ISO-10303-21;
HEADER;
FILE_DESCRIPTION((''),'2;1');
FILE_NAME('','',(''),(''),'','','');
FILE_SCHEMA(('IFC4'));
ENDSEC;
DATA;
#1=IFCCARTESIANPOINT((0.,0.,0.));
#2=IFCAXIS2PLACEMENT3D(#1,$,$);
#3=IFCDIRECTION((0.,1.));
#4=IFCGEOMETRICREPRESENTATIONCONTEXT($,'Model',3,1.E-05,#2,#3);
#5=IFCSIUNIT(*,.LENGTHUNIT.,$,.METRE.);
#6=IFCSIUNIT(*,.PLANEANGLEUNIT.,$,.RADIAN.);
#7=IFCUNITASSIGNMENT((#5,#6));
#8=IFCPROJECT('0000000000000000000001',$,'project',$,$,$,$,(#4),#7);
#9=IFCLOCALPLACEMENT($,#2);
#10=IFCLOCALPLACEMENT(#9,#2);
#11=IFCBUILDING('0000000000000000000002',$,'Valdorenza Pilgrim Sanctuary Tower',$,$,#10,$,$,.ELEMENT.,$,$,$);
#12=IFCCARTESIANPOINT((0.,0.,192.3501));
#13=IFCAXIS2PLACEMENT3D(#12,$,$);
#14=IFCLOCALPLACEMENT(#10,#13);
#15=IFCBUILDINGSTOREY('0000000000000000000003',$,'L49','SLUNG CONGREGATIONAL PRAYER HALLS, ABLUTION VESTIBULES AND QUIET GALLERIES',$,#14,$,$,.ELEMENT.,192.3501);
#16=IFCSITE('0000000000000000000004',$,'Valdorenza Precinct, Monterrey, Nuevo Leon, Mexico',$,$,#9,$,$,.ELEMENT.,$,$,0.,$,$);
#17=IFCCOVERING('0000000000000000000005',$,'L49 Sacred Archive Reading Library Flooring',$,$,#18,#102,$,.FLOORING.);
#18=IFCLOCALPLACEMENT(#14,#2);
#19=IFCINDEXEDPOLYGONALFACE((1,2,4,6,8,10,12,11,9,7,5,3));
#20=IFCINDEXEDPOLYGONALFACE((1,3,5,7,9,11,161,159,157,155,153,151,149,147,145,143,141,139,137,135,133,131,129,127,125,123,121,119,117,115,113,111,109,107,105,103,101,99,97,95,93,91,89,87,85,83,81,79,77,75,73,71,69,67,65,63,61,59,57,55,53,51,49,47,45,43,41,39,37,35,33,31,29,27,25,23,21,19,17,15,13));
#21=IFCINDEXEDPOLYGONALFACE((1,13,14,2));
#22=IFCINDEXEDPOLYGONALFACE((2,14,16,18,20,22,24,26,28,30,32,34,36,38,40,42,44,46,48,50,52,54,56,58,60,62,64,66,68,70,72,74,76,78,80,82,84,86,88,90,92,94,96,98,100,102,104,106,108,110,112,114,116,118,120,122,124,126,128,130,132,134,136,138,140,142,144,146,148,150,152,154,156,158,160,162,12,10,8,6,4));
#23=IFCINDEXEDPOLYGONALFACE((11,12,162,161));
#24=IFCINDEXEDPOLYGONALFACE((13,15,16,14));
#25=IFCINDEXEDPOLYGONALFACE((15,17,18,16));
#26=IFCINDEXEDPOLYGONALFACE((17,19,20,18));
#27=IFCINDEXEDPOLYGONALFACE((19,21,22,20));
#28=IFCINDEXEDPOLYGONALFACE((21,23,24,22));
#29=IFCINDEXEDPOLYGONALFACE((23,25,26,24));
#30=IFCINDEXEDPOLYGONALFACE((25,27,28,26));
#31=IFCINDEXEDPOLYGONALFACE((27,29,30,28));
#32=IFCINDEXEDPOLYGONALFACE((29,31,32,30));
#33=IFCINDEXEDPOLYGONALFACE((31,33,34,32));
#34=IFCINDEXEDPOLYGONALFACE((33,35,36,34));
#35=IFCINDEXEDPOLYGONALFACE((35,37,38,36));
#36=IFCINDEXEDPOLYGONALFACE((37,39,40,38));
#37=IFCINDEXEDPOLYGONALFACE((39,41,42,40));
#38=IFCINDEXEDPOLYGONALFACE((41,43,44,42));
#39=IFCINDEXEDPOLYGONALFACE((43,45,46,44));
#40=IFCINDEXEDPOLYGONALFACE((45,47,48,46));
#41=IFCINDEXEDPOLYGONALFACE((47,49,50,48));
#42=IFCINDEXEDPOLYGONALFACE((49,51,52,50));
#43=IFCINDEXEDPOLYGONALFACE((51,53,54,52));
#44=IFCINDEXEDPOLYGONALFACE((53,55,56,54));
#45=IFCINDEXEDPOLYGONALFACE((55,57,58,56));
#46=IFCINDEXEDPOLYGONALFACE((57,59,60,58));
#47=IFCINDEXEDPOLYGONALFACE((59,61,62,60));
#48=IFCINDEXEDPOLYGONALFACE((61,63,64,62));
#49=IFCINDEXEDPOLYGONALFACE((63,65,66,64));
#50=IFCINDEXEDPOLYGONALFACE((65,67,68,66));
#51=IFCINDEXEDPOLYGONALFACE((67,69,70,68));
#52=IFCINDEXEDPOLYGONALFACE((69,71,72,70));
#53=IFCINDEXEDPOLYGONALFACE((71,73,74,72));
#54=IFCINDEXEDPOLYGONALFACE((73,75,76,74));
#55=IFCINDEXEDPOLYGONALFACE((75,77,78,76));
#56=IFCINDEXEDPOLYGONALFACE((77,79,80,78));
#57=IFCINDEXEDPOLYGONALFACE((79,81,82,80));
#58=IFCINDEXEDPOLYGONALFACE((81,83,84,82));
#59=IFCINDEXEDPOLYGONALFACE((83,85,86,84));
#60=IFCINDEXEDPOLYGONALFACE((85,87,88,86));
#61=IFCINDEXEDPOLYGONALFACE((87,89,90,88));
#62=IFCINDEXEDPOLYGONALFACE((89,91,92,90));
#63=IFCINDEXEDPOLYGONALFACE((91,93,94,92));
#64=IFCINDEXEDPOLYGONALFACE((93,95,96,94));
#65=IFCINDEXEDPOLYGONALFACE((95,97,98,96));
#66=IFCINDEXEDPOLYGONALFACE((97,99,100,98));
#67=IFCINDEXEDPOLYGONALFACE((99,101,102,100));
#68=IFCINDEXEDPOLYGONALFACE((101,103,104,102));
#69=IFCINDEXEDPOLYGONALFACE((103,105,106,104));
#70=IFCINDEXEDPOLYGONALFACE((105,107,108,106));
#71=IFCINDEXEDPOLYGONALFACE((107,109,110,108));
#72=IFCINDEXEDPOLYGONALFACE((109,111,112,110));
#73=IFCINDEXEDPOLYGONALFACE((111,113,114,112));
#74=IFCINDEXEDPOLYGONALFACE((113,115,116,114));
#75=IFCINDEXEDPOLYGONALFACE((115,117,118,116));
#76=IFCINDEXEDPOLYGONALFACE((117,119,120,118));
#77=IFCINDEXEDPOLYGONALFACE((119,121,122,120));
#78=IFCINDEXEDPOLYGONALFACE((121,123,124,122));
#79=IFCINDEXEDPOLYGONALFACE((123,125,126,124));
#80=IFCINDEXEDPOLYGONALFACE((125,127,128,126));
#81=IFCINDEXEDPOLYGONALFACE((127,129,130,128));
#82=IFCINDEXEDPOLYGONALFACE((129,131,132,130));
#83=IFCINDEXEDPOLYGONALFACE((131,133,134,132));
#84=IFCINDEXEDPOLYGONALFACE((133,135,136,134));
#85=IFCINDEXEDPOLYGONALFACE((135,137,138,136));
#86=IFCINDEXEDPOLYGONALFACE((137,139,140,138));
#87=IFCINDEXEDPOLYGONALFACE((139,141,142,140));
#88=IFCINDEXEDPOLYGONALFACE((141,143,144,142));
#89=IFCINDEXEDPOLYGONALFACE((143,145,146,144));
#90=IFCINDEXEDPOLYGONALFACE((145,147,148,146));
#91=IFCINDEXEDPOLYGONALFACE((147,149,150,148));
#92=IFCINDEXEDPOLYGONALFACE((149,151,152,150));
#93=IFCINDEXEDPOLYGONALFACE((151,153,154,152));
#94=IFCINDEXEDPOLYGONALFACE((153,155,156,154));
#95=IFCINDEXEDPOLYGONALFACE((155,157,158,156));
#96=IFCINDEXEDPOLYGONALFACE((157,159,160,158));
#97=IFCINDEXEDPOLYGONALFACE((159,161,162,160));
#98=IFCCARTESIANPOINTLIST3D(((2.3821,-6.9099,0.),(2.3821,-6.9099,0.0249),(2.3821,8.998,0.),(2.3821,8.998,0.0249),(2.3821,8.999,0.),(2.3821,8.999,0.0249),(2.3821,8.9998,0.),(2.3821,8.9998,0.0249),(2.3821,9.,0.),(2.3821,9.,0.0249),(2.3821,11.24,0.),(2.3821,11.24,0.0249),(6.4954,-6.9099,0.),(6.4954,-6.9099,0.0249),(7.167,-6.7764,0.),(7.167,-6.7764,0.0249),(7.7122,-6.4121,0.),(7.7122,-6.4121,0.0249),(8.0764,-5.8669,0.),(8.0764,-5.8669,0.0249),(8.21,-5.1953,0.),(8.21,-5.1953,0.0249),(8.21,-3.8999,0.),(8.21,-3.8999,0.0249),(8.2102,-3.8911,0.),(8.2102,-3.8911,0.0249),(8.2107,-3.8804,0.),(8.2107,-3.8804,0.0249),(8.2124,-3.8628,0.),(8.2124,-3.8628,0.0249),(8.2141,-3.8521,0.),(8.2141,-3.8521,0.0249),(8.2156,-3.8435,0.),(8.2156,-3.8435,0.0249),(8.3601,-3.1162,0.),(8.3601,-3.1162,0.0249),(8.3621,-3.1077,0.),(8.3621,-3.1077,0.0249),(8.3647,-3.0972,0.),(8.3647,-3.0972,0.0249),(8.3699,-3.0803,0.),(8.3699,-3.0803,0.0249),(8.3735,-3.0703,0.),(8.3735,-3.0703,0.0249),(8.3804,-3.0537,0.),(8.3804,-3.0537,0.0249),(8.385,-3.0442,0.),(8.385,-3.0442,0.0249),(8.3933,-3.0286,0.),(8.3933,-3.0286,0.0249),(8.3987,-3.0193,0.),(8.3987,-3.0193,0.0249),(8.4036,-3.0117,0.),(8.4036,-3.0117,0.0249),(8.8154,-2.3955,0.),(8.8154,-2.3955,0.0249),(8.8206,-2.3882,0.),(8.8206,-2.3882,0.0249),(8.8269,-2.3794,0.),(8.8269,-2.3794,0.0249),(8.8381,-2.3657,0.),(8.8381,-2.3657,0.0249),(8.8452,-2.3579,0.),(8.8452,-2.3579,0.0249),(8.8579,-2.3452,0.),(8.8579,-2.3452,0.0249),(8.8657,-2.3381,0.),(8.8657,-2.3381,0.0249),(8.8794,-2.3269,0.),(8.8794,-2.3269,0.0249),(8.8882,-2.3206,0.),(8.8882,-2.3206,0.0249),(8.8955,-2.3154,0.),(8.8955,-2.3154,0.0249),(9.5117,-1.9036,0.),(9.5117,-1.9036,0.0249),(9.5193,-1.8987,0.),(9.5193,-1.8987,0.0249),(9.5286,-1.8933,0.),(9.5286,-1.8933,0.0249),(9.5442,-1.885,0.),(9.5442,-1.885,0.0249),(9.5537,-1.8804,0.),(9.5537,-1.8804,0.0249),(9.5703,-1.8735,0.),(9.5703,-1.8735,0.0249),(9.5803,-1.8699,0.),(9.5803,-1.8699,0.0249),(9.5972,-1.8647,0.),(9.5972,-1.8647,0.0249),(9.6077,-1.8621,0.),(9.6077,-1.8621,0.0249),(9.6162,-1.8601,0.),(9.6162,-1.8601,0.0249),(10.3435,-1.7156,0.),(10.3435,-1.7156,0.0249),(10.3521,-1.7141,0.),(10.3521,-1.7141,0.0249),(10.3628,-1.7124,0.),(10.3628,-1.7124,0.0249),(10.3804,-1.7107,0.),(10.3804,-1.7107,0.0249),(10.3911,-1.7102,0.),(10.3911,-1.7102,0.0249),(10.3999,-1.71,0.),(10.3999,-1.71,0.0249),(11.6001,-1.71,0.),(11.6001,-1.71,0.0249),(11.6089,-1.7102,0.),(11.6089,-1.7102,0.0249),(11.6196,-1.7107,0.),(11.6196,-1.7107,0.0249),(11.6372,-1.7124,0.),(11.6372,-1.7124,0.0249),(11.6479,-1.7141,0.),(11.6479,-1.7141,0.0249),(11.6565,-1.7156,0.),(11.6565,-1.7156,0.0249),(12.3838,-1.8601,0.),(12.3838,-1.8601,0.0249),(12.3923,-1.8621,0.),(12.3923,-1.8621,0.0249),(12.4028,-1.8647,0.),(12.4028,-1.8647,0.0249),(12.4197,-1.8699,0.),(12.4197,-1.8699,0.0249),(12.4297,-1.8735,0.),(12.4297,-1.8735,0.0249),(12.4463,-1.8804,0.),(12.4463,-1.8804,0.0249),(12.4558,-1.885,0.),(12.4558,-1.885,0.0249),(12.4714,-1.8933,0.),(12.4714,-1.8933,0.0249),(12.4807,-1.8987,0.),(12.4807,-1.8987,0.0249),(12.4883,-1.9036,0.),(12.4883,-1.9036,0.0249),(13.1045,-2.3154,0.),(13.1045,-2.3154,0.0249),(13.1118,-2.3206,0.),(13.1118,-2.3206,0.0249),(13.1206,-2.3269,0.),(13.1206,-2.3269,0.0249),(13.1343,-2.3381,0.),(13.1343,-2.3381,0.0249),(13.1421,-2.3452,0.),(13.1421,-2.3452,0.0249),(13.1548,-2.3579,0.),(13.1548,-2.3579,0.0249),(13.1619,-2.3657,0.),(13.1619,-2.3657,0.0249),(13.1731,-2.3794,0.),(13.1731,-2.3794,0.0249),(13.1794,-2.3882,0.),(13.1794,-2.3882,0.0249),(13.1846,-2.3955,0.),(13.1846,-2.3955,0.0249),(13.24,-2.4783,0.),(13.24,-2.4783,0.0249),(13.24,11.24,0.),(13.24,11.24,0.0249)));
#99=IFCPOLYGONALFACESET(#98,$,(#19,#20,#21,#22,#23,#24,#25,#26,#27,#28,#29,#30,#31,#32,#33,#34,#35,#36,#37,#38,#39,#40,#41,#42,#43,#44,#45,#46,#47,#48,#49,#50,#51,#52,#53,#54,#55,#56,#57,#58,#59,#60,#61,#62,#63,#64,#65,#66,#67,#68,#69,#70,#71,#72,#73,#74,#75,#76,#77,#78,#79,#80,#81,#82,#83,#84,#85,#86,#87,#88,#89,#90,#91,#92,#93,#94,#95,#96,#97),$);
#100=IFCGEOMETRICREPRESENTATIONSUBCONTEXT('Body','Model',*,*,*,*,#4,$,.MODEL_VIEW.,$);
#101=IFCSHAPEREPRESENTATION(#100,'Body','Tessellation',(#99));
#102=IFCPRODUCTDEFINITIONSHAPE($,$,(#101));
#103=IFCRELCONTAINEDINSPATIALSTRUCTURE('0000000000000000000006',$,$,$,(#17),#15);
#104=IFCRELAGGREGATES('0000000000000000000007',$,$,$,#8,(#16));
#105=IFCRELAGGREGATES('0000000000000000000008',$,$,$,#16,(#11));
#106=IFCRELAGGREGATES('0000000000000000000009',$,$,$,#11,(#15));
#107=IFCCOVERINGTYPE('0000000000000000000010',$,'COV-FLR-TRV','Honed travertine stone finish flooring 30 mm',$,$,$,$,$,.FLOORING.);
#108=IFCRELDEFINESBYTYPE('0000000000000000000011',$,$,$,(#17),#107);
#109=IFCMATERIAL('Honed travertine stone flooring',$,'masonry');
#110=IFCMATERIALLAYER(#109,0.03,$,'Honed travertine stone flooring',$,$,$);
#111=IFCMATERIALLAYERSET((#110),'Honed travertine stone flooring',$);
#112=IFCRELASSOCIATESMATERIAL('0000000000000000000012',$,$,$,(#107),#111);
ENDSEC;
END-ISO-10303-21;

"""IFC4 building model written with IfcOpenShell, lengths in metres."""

from ifc_helpers import new_model, si_unit, direction, frame, origin, place, context, subcontext, project, spatial, polyline, outline, extrude, material, layer, layer_set, type_object, element, save


model = new_model("IFC4")

# Units and contexts
model_context = context("Model", 3, precision=1e-05, world=origin(), true_north=direction((0.0, 1.0)))
body_context = subcontext(model_context, "Body", "Model", "MODEL_VIEW")
ifc_project = project(units=[si_unit("LENGTHUNIT", "METRE"), si_unit("PLANEANGLEUNIT", "RADIAN")], contexts=[model_context])

# Site, building, storey
site_placement = place(None, origin())
site = spatial("IfcSite", under=ifc_project, at=site_placement, Name="Valdorenza Precinct, Monterrey, Nuevo Leon, Mexico", CompositionType="ELEMENT", RefElevation=0.0)
building_placement = place(site_placement, origin())
building = spatial("IfcBuilding", under=site, at=building_placement, Name="Valdorenza Pilgrim Sanctuary Tower", CompositionType="ELEMENT")
storey_placement = place(building_placement, frame((0.0, 0.0, 192.3501)))
storey = spatial("IfcBuildingStorey", under=building, at=storey_placement, Name="L49", Description="SLUNG CONGREGATIONAL PRAYER HALLS, ABLUTION VESTIBULES AND QUIET GALLERIES", CompositionType="ELEMENT", Elevation=192.3501)

# Covering
ifc_material_1 = material(Name="Honed travertine stone flooring", Category="masonry")
ifc_layer_1 = layer(ifc_material_1, 0.03, Name="Honed travertine stone flooring")
ifc_layer_set_1 = layer_set([ifc_layer_1], Name="Honed travertine stone flooring")
covering_type_1 = type_object("IfcCoveringType", Name="COV-FLR-TRV", Description="Honed travertine stone finish flooring 30 mm", PredefinedType="FLOORING", material=ifc_layer_set_1)
covering_1_placement = place(storey_placement, origin())
element("IfcCovering", 1, at=covering_1_placement, inside=storey, type_object=covering_type_1, Name="L49 Sacred Archive Reading Library Flooring", PredefinedType="FLOORING", context=body_context, shape_type="SweptSolid", body=[
    extrude(outline(polyline([(2.3821, 8.9998), (2.3821, 9.0), (2.3821, 11.24), (13.24, 11.24), (13.24, -2.4783), (13.1846, -2.3955), (13.1794, -2.3882), (13.1731, -2.3794), (13.1619, -2.3657), (13.1548, -2.3579), (13.1421, -2.3452), (13.1343, -2.3381), (13.1206, -2.3269), (13.1118, -2.3206), (13.1045, -2.3154), (12.4883, -1.9036), (12.4807, -1.8987), (12.4714, -1.8933), (12.4558, -1.885), (12.4463, -1.8804), (12.4297, -1.8735), (12.4197, -1.8699), (12.4028, -1.8647), (12.3923, -1.8621), (12.3838, -1.8601), (11.6565, -1.7156), (11.6479, -1.7141), (11.6372, -1.7124), (11.6196, -1.7107), (11.6089, -1.7102), (11.6001, -1.71), (10.3999, -1.71), (10.3911, -1.7102), (10.3804, -1.7107), (10.3628, -1.7124), (10.3521, -1.7141), (10.3435, -1.7156), (9.6162, -1.8601), (9.6077, -1.8621), (9.5972, -1.8647), (9.5803, -1.8699), (9.5703, -1.8735), (9.5537, -1.8804), (9.5442, -1.885), (9.5286, -1.8933), (9.5193, -1.8987), (9.5117, -1.9036), (8.8955, -2.3154), (8.8882, -2.3206), (8.8794, -2.3269), (8.8657, -2.3381), (8.8579, -2.3452), (8.8452, -2.3579), (8.8381, -2.3657), (8.8269, -2.3794), (8.8206, -2.3882), (8.8154, -2.3955), (8.4036, -3.0117), (8.3987, -3.0193), (8.3933, -3.0286), (8.385, -3.0442), (8.3804, -3.0537), (8.3735, -3.0703), (8.3699, -3.0803), (8.3647, -3.0972), (8.3621, -3.1077), (8.3601, -3.1162), (8.2156, -3.8435), (8.2141, -3.8521), (8.2124, -3.8628), (8.2107, -3.8804), (8.2102, -3.8911), (8.21, -3.8999), (8.21, -5.1953), (8.0764, -5.8669), (7.7122, -6.4121), (7.167, -6.7764), (6.4954, -6.9099), (2.3821, -6.9099), (2.3821, 8.998), (2.3821, 8.999), (2.3821, 8.9998)])), origin(), (0.0, 0.0, 1.0), 0.0249),
])

save(model, "model.ifc")
